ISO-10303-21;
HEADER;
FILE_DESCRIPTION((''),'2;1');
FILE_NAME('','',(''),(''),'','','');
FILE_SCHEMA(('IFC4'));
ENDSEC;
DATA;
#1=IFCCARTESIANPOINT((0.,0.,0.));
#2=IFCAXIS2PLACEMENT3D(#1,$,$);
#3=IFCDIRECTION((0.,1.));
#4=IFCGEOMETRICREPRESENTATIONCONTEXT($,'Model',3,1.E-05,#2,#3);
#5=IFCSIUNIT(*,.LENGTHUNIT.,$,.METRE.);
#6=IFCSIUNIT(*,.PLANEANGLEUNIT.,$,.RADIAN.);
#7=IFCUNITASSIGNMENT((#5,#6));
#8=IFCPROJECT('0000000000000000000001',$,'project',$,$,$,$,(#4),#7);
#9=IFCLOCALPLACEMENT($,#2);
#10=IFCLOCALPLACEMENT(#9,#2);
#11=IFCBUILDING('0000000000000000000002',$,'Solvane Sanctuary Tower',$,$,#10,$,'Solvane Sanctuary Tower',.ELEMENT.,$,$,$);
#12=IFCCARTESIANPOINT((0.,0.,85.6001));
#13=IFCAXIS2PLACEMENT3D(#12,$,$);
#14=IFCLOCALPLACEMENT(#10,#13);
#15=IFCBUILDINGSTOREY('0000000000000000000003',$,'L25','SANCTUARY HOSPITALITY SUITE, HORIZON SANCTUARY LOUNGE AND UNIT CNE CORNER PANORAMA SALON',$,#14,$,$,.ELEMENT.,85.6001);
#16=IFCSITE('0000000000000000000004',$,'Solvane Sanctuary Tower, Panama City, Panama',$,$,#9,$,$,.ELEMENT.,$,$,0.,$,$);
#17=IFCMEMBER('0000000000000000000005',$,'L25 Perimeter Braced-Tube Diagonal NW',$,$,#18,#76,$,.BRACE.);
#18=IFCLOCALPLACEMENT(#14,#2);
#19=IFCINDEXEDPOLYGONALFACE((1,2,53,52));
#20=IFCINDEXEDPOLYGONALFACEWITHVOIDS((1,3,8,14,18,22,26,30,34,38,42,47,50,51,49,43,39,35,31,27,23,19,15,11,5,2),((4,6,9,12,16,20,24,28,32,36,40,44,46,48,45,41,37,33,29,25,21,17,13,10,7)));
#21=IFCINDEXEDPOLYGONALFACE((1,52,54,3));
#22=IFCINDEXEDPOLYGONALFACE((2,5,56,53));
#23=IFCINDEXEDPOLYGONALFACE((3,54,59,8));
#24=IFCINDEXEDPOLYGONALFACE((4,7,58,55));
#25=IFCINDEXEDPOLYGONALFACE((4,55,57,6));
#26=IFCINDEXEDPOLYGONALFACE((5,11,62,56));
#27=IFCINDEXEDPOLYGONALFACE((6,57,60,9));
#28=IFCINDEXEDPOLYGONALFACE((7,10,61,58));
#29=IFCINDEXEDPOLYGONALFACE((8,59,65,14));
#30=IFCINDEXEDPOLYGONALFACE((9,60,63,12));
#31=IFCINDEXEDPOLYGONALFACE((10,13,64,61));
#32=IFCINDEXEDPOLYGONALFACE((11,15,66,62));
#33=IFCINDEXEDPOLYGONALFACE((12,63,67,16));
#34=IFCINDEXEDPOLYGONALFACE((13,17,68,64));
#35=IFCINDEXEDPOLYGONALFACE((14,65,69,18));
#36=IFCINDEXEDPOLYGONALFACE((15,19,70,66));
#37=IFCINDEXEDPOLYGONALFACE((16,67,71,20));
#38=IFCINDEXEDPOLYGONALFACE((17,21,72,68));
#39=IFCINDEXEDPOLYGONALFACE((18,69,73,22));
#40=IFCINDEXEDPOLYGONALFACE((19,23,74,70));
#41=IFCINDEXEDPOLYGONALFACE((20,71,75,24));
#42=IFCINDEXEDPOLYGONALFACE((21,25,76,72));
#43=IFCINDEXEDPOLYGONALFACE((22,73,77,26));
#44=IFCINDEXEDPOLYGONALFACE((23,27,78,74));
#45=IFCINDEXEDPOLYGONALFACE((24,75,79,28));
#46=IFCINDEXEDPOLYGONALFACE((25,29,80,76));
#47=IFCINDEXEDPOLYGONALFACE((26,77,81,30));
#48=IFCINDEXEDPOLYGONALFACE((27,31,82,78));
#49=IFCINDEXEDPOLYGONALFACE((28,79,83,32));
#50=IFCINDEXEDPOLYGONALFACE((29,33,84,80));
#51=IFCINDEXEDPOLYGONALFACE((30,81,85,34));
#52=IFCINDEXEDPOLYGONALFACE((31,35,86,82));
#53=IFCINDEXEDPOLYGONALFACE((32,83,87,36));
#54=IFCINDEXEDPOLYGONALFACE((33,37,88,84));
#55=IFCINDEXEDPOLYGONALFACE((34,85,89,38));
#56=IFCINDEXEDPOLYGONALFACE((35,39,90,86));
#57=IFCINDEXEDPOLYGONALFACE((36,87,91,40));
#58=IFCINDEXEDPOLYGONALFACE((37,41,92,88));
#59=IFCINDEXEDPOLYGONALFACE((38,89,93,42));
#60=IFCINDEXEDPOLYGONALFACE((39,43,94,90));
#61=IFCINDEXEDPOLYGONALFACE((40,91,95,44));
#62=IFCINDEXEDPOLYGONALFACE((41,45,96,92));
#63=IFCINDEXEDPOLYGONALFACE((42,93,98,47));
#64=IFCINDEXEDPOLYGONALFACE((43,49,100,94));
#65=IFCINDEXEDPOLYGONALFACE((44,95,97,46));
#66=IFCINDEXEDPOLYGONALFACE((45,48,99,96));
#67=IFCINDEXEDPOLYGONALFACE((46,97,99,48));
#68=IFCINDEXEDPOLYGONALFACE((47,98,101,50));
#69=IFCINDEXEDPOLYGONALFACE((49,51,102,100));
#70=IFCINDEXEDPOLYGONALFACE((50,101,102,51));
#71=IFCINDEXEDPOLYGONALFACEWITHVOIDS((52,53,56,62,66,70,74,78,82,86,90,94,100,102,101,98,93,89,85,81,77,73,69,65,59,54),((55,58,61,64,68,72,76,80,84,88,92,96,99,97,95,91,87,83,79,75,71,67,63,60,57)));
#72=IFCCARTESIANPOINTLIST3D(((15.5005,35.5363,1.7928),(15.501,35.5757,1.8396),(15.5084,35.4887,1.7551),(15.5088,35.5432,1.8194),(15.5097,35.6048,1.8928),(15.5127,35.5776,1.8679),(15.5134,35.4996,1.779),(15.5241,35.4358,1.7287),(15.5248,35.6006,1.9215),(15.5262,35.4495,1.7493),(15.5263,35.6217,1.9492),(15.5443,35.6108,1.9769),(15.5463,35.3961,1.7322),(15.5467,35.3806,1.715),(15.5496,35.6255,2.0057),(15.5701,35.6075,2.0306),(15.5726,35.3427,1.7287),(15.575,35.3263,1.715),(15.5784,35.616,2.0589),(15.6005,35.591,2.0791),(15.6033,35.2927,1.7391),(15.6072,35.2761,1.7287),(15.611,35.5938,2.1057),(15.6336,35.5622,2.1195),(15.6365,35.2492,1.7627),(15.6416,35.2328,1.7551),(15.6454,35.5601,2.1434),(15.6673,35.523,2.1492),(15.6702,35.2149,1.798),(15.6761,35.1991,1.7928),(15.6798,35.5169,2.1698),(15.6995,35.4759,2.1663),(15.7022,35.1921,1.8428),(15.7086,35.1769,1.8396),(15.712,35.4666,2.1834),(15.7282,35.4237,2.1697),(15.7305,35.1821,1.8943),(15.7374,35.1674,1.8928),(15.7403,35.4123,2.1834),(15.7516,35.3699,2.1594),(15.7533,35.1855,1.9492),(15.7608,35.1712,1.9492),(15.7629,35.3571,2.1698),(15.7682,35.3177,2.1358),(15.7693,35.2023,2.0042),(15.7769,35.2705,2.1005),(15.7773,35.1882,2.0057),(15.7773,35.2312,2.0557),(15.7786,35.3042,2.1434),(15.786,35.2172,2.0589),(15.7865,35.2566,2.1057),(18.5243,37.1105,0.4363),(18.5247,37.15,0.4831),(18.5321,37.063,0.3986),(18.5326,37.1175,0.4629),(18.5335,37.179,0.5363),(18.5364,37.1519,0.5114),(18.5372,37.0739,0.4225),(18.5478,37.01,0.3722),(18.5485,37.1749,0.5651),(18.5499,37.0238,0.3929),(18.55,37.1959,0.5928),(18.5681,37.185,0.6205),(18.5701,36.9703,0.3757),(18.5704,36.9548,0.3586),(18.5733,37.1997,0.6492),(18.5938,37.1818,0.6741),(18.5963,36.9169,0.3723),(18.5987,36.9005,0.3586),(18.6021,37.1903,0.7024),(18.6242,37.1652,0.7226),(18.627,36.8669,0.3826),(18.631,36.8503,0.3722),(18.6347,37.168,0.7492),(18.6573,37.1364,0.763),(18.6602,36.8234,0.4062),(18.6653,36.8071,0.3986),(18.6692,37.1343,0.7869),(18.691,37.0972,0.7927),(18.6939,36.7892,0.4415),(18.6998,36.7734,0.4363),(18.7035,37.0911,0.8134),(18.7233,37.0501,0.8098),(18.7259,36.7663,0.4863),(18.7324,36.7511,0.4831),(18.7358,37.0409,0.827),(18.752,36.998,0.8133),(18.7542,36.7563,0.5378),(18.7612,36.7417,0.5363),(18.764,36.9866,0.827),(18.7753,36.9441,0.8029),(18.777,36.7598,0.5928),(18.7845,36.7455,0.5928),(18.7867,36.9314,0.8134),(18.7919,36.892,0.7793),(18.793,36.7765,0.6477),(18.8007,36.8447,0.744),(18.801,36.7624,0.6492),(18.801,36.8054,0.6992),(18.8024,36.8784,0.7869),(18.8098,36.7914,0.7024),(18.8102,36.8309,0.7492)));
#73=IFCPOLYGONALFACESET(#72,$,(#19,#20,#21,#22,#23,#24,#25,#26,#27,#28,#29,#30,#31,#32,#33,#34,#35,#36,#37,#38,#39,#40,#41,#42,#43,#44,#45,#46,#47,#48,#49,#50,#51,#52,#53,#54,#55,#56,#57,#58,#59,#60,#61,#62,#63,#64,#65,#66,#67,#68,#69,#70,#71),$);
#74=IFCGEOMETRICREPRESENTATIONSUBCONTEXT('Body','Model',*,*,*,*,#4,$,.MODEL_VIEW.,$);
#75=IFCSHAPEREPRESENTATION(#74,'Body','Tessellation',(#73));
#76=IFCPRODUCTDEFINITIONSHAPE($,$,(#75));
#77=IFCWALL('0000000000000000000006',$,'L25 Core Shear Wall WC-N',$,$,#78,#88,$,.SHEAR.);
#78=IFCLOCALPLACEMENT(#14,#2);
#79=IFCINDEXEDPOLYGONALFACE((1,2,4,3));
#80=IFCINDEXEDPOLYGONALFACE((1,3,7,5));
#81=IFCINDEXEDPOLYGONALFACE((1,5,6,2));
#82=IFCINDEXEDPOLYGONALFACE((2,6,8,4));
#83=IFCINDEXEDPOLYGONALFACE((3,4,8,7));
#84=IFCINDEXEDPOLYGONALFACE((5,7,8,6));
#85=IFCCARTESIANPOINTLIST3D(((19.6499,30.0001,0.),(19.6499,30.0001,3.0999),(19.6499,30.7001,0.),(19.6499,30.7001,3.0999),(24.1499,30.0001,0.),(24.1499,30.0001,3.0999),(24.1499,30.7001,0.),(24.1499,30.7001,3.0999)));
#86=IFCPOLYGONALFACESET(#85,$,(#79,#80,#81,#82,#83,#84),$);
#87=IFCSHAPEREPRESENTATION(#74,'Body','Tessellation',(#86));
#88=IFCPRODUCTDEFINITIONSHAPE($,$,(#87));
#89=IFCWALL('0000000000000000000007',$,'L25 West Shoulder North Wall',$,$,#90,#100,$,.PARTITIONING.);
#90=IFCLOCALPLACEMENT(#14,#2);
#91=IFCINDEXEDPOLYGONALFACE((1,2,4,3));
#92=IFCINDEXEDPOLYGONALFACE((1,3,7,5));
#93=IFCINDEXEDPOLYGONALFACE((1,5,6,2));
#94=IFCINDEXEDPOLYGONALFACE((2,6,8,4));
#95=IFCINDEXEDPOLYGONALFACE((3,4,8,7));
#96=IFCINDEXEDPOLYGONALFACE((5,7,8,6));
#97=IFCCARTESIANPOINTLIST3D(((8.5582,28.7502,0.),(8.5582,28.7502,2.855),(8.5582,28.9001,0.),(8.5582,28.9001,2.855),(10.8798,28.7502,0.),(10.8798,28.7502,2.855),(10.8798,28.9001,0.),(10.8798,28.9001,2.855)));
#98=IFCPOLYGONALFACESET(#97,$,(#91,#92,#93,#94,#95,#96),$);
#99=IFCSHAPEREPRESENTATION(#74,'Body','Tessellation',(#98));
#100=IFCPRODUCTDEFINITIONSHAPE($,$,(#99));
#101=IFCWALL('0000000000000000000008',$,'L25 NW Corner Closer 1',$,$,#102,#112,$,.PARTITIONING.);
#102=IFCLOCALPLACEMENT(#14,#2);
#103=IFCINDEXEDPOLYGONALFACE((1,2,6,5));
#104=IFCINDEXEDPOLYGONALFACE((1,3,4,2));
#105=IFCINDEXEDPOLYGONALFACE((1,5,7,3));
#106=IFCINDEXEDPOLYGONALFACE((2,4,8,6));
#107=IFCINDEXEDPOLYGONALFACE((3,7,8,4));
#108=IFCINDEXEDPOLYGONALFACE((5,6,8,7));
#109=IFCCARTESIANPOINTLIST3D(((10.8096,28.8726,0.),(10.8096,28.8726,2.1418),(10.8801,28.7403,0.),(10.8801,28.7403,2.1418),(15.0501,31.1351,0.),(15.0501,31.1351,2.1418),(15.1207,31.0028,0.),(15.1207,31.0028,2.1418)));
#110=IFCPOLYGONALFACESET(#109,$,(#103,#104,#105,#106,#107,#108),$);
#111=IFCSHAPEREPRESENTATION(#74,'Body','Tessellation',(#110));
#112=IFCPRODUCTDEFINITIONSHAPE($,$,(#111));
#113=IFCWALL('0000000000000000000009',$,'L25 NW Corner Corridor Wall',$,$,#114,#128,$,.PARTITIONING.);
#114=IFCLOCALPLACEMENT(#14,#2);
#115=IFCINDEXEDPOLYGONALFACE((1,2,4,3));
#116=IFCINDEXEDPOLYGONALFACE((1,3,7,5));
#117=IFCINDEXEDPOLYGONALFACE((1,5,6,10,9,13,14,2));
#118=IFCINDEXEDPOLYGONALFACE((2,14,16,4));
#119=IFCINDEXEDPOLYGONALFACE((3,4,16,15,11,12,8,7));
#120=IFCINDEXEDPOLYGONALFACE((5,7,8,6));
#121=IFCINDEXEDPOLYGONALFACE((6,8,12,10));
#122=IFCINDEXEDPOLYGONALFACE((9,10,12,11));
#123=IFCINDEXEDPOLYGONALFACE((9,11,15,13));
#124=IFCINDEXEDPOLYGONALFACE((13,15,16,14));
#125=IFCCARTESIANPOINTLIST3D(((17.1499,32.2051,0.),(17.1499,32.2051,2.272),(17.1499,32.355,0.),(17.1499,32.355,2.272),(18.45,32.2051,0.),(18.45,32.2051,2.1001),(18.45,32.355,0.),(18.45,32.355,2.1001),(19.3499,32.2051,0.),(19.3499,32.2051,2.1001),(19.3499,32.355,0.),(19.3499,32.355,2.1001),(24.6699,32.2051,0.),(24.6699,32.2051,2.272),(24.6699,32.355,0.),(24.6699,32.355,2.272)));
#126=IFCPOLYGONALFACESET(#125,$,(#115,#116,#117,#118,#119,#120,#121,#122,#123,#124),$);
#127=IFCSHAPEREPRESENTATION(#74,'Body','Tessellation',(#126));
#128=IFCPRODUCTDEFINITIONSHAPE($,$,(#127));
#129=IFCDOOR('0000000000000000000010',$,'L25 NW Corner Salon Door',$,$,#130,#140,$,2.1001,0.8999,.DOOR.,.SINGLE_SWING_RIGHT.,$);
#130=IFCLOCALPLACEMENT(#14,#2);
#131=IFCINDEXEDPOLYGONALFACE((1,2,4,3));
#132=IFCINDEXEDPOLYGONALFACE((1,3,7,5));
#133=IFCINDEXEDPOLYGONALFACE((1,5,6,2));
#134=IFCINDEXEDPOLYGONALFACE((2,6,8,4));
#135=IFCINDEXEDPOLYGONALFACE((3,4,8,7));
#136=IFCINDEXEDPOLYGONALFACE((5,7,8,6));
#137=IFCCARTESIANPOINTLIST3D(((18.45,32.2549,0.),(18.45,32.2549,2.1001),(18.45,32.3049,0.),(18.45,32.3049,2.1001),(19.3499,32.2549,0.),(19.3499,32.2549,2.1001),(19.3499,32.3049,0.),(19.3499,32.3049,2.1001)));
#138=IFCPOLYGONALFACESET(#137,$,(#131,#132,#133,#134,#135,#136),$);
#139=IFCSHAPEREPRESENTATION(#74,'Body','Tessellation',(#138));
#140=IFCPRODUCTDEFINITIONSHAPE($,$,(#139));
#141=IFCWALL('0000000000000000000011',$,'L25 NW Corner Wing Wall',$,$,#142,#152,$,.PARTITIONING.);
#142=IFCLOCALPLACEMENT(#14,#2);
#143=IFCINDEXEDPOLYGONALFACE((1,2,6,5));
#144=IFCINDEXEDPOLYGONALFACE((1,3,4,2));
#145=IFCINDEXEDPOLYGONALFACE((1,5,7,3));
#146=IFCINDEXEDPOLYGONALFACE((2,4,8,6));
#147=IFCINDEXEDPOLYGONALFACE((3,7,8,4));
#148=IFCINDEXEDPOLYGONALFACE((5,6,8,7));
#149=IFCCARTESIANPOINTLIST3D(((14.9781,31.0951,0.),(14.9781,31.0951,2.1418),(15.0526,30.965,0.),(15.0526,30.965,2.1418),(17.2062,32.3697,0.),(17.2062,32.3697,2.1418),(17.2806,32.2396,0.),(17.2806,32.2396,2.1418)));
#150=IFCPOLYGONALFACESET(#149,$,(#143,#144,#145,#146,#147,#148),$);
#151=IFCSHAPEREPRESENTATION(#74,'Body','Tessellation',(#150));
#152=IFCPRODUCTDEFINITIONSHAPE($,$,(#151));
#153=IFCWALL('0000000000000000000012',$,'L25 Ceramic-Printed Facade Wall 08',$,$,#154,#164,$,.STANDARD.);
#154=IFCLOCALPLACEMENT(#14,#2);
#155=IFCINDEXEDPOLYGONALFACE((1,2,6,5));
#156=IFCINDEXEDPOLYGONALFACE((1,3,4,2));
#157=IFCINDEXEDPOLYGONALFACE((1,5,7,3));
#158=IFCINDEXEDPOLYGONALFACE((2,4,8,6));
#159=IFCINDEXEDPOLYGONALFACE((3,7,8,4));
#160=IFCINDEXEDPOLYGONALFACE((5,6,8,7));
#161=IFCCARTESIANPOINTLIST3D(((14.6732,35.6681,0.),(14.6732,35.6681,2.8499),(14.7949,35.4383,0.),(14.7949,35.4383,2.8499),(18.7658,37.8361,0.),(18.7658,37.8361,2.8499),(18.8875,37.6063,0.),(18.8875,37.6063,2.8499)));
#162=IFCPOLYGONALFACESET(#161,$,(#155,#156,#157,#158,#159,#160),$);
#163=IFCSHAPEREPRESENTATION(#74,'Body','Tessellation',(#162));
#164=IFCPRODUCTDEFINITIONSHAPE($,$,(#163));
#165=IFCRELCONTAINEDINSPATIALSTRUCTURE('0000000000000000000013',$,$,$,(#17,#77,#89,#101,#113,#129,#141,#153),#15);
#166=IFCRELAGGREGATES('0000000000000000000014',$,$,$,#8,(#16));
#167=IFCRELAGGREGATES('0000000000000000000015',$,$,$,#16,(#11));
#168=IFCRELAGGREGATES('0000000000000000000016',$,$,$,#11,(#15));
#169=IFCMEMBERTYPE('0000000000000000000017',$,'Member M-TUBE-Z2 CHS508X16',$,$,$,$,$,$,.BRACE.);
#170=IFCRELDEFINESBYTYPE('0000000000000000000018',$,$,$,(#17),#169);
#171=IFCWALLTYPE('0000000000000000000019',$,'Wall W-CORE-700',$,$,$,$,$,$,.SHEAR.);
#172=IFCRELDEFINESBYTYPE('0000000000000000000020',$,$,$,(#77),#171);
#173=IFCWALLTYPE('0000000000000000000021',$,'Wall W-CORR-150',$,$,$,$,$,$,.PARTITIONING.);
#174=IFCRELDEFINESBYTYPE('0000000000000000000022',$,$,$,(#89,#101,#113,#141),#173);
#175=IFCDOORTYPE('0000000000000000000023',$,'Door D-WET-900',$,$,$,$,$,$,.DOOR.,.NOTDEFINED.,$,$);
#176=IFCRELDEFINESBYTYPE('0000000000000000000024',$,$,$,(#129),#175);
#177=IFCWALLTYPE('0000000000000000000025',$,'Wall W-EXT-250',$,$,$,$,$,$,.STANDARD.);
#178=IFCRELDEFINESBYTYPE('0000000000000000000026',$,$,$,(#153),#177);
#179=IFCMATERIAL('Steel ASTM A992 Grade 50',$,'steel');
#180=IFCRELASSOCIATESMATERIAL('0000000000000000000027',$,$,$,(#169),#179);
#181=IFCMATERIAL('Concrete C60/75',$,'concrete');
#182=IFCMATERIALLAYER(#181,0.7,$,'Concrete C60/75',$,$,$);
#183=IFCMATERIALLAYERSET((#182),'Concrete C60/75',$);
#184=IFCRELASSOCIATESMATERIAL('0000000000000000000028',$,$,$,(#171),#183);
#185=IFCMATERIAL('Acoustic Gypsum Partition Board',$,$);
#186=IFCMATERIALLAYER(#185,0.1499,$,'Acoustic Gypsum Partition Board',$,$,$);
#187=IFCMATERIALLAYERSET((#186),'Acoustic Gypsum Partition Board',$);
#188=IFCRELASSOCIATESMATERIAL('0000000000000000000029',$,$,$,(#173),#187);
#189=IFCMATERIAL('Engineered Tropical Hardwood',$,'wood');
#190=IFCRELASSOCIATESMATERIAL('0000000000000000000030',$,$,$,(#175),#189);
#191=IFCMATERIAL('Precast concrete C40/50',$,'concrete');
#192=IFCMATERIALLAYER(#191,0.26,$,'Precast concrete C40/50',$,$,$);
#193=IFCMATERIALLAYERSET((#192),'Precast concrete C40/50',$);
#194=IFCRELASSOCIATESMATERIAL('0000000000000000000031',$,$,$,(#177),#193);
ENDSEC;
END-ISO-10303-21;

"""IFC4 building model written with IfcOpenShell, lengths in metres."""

from ifc_helpers import new_model, si_unit, direction, frame, frame_2d, origin, origin_2d, place, context, subcontext, project, spatial, rectangle, hollow_circle, extrude, material, layer, layer_set, material_profile, profile_set, type_object, element, fill, save


model = new_model("IFC4")

# Units and contexts
model_context = context("Model", 3, precision=1e-05, world=origin(), true_north=direction((0.0, 1.0)))
body_context = subcontext(model_context, "Body", "Model", "MODEL_VIEW")
ifc_project = project(units=[si_unit("LENGTHUNIT", "METRE"), si_unit("PLANEANGLEUNIT", "RADIAN")], contexts=[model_context])

# Site, building, storey
site_placement = place(None, origin())
site = spatial("IfcSite", under=ifc_project, at=site_placement, Name="Solvane Sanctuary Tower, Panama City, Panama", CompositionType="ELEMENT", RefElevation=0.0)
building_placement = place(site_placement, origin())
building = spatial("IfcBuilding", under=site, at=building_placement, Name="Solvane Sanctuary Tower", LongName="Solvane Sanctuary Tower", CompositionType="ELEMENT")
storey_placement = place(building_placement, frame((0.0, 0.0, 85.6001)))
storey = spatial("IfcBuildingStorey", under=building, at=storey_placement, Name="L25", Description="SANCTUARY HOSPITALITY SUITE, HORIZON SANCTUARY LOUNGE AND UNIT CNE CORNER PANORAMA SALON", CompositionType="ELEMENT", Elevation=85.6001)

# Shared definitions
ifc_material_1 = material(Name="Concrete C60/75", Category="concrete")

# Shared definitions
ifc_material_2 = material(Name="Steel ASTM A992 Grade 50", Category="steel")

# Member
ifc_material_profile_1 = material_profile(ifc_material_2, hollow_circle(Radius=0.2539, WallThickness=0.0161, at=origin_2d()), Name="CHS508X16")
ifc_profile_set_1 = profile_set([ifc_material_profile_1], Name="Steel ASTM A992 Grade 50")
member_type = type_object("IfcMemberType", Name="Member M-TUBE-Z2 CHS508X16", PredefinedType="BRACE", material=ifc_profile_set_1)
member_placement = place(storey_placement, frame((18.6672, 36.9707, 0.5928), z_axis=(-0.824141, -0.429072, 0.369715), x_axis=(0.461792, -0.886988, 0.0)))
element("IfcMember", 1, at=member_placement, inside=storey, type_object=member_type, Name="L25 Perimeter Braced-Tube Diagonal NW", PredefinedType="BRACE", context=body_context, shape_type="SweptSolid", body=[
    extrude(hollow_circle(Radius=0.2539, WallThickness=0.0161, at=origin_2d()), origin(), (0.0, 0.0, 1.0), 3.6689),
])

# Walls
ifc_layer_1 = layer(ifc_material_1, 0.7, Name="Concrete C60/75")
ifc_layer_set_1 = layer_set([ifc_layer_1], Name="Concrete C60/75")
wall_type_1 = type_object("IfcWallType", Name="Wall W-CORE-700", PredefinedType="SHEAR", material=ifc_layer_set_1)
wall_1_placement = place(storey_placement, frame((19.6499, 30.3501, 0.0), z_axis=(0.0, 0.0, 1.0), x_axis=(1.0, 0.0, 0.0)))
element("IfcWall", 2, at=wall_1_placement, inside=storey, type_object=wall_type_1, Name="L25 Core Shear Wall WC-N", PredefinedType="SHEAR", context=body_context, shape_type="SweptSolid", body=[
    extrude(rectangle(XDim=4.5, YDim=0.7, at=frame_2d((2.25, 0.0))), origin(), (0.0, 0.0, 1.0), 3.0999),
])
ifc_material_3 = material(Name="Acoustic Gypsum Partition Board")
ifc_layer_2 = layer(ifc_material_3, 0.1499, Name="Acoustic Gypsum Partition Board")
ifc_layer_set_2 = layer_set([ifc_layer_2], Name="Acoustic Gypsum Partition Board")
wall_type_2 = type_object("IfcWallType", Name="Wall W-CORR-150", PredefinedType="PARTITIONING", material=ifc_layer_set_2)
wall_2_placement = place(storey_placement, frame((8.5583, 28.8252, 0.0), z_axis=(0.0, 0.0, 1.0), x_axis=(1.0, 0.0, 0.0)))
element("IfcWall", 3, at=wall_2_placement, inside=storey, type_object=wall_type_2, Name="L25 West Shoulder North Wall", PredefinedType="PARTITIONING", context=body_context, shape_type="SweptSolid", body=[
    extrude(rectangle(XDim=2.3215, YDim=0.1499, at=frame_2d((1.1606, 0.0))), origin(), (0.0, 0.0, 1.0), 2.855),
])
wall_3_placement = place(storey_placement, frame((10.8447, 28.8064, 0.0), z_axis=(0.0, 0.0, 1.0), x_axis=(0.882278, 0.470728, 0.0)))
element("IfcWall", 4, at=wall_3_placement, inside=storey, type_object=wall_type_2, Name="L25 NW Corner Closer 1", PredefinedType="PARTITIONING", context=body_context, shape_type="SweptSolid", body=[
    extrude(rectangle(XDim=4.8064, YDim=0.1499, at=frame_2d((2.4033, 0.0))), origin(), (0.0, 0.0, 1.0), 2.1418),
])

# Wall, opening, door
wall_4_placement = place(storey_placement, frame((17.1499, 32.28, 0.0), z_axis=(0.0, 0.0, 1.0), x_axis=(1.0, 0.0, 0.0)))
wall_4 = element("IfcWall", 5, at=wall_4_placement, inside=storey, type_object=wall_type_2, Name="L25 NW Corner Corridor Wall", PredefinedType="PARTITIONING", context=body_context, shape_type="SweptSolid", body=[
    extrude(rectangle(XDim=7.52, YDim=0.1499, at=frame_2d((3.76, 0.0))), origin(), (0.0, 0.0, 1.0), 2.272),
])
opening_1_placement = place(wall_4_placement, frame((1.3, 0.0, 0.0)))
opening_1 = element("IfcOpeningElement", 6, at=opening_1_placement, cuts=wall_4, PredefinedType="OPENING", context=body_context, shape_type="SweptSolid", body=[
    extrude(rectangle(XDim=0.8999, YDim=2.1001, at=frame_2d((0.45, 1.05))), frame((0.0, 0.085, 0.0), z_axis=(0.0, -1.0, 0.0), x_axis=(1.0, 0.0, 0.0)), (0.0, 0.0, 1.0), 0.1699),
])
ifc_material_4 = material(Name="Engineered Tropical Hardwood", Category="wood")
door_type_1 = type_object("IfcDoorType", Name="Door D-WET-900", OperationType="NOTDEFINED", PredefinedType="DOOR", material=ifc_material_4)
door_1_placement = place(opening_1_placement, origin())
door_1 = element("IfcDoor", 7, at=door_1_placement, inside=storey, type_object=door_type_1, Name="L25 NW Corner Salon Door", OperationType="SINGLE_SWING_RIGHT", OverallHeight=2.1001, OverallWidth=0.8999, PredefinedType="DOOR", context=body_context, shape_type="SweptSolid", body=[
    extrude(rectangle(XDim=0.8999, YDim=2.1001, at=frame_2d((0.45, 1.05))), frame((0.0, 0.0249, 0.0), z_axis=(0.0, -1.0, 0.0), x_axis=(1.0, 0.0, 0.0)), (0.0, 0.0, 1.0), 0.05),
])
fill(opening_1, door_1)

# Walls
wall_5_placement = place(storey_placement, frame((17.2434, 32.3047, 0.0), z_axis=(0.0, 0.0, 1.0), x_axis=(-0.867991, -0.496579, 0.0)))
element("IfcWall", 8, at=wall_5_placement, inside=storey, type_object=wall_type_2, Name="L25 NW Corner Wing Wall", PredefinedType="PARTITIONING", context=body_context, shape_type="SweptSolid", body=[
    extrude(rectangle(XDim=2.5669, YDim=0.1499, at=frame_2d((1.2834, 0.0))), origin(), (0.0, 0.0, 1.0), 2.1418),
])
ifc_material_5 = material(Name="Precast concrete C40/50", Category="concrete")
ifc_layer_3 = layer(ifc_material_5, 0.26, Name="Precast concrete C40/50")
ifc_layer_set_3 = layer_set([ifc_layer_3], Name="Precast concrete C40/50")
wall_type_3 = type_object("IfcWallType", Name="Wall W-EXT-250", PredefinedType="STANDARD", material=ifc_layer_set_3)
wall_6_placement = place(storey_placement, frame((18.8267, 37.7212, 0.0), z_axis=(0.0, 0.0, 1.0), x_axis=(-0.883669, -0.468113, 0.0)))
element("IfcWall", 9, at=wall_6_placement, inside=storey, type_object=wall_type_3, Name="L25 Ceramic-Printed Facade Wall 08", PredefinedType="STANDARD", context=body_context, shape_type="SweptSolid", body=[
    extrude(rectangle(XDim=4.6313, YDim=0.26, at=frame_2d((2.3157, 0.0))), origin(), (0.0, 0.0, 1.0), 2.8499),
])

save(model, "model.ifc")
